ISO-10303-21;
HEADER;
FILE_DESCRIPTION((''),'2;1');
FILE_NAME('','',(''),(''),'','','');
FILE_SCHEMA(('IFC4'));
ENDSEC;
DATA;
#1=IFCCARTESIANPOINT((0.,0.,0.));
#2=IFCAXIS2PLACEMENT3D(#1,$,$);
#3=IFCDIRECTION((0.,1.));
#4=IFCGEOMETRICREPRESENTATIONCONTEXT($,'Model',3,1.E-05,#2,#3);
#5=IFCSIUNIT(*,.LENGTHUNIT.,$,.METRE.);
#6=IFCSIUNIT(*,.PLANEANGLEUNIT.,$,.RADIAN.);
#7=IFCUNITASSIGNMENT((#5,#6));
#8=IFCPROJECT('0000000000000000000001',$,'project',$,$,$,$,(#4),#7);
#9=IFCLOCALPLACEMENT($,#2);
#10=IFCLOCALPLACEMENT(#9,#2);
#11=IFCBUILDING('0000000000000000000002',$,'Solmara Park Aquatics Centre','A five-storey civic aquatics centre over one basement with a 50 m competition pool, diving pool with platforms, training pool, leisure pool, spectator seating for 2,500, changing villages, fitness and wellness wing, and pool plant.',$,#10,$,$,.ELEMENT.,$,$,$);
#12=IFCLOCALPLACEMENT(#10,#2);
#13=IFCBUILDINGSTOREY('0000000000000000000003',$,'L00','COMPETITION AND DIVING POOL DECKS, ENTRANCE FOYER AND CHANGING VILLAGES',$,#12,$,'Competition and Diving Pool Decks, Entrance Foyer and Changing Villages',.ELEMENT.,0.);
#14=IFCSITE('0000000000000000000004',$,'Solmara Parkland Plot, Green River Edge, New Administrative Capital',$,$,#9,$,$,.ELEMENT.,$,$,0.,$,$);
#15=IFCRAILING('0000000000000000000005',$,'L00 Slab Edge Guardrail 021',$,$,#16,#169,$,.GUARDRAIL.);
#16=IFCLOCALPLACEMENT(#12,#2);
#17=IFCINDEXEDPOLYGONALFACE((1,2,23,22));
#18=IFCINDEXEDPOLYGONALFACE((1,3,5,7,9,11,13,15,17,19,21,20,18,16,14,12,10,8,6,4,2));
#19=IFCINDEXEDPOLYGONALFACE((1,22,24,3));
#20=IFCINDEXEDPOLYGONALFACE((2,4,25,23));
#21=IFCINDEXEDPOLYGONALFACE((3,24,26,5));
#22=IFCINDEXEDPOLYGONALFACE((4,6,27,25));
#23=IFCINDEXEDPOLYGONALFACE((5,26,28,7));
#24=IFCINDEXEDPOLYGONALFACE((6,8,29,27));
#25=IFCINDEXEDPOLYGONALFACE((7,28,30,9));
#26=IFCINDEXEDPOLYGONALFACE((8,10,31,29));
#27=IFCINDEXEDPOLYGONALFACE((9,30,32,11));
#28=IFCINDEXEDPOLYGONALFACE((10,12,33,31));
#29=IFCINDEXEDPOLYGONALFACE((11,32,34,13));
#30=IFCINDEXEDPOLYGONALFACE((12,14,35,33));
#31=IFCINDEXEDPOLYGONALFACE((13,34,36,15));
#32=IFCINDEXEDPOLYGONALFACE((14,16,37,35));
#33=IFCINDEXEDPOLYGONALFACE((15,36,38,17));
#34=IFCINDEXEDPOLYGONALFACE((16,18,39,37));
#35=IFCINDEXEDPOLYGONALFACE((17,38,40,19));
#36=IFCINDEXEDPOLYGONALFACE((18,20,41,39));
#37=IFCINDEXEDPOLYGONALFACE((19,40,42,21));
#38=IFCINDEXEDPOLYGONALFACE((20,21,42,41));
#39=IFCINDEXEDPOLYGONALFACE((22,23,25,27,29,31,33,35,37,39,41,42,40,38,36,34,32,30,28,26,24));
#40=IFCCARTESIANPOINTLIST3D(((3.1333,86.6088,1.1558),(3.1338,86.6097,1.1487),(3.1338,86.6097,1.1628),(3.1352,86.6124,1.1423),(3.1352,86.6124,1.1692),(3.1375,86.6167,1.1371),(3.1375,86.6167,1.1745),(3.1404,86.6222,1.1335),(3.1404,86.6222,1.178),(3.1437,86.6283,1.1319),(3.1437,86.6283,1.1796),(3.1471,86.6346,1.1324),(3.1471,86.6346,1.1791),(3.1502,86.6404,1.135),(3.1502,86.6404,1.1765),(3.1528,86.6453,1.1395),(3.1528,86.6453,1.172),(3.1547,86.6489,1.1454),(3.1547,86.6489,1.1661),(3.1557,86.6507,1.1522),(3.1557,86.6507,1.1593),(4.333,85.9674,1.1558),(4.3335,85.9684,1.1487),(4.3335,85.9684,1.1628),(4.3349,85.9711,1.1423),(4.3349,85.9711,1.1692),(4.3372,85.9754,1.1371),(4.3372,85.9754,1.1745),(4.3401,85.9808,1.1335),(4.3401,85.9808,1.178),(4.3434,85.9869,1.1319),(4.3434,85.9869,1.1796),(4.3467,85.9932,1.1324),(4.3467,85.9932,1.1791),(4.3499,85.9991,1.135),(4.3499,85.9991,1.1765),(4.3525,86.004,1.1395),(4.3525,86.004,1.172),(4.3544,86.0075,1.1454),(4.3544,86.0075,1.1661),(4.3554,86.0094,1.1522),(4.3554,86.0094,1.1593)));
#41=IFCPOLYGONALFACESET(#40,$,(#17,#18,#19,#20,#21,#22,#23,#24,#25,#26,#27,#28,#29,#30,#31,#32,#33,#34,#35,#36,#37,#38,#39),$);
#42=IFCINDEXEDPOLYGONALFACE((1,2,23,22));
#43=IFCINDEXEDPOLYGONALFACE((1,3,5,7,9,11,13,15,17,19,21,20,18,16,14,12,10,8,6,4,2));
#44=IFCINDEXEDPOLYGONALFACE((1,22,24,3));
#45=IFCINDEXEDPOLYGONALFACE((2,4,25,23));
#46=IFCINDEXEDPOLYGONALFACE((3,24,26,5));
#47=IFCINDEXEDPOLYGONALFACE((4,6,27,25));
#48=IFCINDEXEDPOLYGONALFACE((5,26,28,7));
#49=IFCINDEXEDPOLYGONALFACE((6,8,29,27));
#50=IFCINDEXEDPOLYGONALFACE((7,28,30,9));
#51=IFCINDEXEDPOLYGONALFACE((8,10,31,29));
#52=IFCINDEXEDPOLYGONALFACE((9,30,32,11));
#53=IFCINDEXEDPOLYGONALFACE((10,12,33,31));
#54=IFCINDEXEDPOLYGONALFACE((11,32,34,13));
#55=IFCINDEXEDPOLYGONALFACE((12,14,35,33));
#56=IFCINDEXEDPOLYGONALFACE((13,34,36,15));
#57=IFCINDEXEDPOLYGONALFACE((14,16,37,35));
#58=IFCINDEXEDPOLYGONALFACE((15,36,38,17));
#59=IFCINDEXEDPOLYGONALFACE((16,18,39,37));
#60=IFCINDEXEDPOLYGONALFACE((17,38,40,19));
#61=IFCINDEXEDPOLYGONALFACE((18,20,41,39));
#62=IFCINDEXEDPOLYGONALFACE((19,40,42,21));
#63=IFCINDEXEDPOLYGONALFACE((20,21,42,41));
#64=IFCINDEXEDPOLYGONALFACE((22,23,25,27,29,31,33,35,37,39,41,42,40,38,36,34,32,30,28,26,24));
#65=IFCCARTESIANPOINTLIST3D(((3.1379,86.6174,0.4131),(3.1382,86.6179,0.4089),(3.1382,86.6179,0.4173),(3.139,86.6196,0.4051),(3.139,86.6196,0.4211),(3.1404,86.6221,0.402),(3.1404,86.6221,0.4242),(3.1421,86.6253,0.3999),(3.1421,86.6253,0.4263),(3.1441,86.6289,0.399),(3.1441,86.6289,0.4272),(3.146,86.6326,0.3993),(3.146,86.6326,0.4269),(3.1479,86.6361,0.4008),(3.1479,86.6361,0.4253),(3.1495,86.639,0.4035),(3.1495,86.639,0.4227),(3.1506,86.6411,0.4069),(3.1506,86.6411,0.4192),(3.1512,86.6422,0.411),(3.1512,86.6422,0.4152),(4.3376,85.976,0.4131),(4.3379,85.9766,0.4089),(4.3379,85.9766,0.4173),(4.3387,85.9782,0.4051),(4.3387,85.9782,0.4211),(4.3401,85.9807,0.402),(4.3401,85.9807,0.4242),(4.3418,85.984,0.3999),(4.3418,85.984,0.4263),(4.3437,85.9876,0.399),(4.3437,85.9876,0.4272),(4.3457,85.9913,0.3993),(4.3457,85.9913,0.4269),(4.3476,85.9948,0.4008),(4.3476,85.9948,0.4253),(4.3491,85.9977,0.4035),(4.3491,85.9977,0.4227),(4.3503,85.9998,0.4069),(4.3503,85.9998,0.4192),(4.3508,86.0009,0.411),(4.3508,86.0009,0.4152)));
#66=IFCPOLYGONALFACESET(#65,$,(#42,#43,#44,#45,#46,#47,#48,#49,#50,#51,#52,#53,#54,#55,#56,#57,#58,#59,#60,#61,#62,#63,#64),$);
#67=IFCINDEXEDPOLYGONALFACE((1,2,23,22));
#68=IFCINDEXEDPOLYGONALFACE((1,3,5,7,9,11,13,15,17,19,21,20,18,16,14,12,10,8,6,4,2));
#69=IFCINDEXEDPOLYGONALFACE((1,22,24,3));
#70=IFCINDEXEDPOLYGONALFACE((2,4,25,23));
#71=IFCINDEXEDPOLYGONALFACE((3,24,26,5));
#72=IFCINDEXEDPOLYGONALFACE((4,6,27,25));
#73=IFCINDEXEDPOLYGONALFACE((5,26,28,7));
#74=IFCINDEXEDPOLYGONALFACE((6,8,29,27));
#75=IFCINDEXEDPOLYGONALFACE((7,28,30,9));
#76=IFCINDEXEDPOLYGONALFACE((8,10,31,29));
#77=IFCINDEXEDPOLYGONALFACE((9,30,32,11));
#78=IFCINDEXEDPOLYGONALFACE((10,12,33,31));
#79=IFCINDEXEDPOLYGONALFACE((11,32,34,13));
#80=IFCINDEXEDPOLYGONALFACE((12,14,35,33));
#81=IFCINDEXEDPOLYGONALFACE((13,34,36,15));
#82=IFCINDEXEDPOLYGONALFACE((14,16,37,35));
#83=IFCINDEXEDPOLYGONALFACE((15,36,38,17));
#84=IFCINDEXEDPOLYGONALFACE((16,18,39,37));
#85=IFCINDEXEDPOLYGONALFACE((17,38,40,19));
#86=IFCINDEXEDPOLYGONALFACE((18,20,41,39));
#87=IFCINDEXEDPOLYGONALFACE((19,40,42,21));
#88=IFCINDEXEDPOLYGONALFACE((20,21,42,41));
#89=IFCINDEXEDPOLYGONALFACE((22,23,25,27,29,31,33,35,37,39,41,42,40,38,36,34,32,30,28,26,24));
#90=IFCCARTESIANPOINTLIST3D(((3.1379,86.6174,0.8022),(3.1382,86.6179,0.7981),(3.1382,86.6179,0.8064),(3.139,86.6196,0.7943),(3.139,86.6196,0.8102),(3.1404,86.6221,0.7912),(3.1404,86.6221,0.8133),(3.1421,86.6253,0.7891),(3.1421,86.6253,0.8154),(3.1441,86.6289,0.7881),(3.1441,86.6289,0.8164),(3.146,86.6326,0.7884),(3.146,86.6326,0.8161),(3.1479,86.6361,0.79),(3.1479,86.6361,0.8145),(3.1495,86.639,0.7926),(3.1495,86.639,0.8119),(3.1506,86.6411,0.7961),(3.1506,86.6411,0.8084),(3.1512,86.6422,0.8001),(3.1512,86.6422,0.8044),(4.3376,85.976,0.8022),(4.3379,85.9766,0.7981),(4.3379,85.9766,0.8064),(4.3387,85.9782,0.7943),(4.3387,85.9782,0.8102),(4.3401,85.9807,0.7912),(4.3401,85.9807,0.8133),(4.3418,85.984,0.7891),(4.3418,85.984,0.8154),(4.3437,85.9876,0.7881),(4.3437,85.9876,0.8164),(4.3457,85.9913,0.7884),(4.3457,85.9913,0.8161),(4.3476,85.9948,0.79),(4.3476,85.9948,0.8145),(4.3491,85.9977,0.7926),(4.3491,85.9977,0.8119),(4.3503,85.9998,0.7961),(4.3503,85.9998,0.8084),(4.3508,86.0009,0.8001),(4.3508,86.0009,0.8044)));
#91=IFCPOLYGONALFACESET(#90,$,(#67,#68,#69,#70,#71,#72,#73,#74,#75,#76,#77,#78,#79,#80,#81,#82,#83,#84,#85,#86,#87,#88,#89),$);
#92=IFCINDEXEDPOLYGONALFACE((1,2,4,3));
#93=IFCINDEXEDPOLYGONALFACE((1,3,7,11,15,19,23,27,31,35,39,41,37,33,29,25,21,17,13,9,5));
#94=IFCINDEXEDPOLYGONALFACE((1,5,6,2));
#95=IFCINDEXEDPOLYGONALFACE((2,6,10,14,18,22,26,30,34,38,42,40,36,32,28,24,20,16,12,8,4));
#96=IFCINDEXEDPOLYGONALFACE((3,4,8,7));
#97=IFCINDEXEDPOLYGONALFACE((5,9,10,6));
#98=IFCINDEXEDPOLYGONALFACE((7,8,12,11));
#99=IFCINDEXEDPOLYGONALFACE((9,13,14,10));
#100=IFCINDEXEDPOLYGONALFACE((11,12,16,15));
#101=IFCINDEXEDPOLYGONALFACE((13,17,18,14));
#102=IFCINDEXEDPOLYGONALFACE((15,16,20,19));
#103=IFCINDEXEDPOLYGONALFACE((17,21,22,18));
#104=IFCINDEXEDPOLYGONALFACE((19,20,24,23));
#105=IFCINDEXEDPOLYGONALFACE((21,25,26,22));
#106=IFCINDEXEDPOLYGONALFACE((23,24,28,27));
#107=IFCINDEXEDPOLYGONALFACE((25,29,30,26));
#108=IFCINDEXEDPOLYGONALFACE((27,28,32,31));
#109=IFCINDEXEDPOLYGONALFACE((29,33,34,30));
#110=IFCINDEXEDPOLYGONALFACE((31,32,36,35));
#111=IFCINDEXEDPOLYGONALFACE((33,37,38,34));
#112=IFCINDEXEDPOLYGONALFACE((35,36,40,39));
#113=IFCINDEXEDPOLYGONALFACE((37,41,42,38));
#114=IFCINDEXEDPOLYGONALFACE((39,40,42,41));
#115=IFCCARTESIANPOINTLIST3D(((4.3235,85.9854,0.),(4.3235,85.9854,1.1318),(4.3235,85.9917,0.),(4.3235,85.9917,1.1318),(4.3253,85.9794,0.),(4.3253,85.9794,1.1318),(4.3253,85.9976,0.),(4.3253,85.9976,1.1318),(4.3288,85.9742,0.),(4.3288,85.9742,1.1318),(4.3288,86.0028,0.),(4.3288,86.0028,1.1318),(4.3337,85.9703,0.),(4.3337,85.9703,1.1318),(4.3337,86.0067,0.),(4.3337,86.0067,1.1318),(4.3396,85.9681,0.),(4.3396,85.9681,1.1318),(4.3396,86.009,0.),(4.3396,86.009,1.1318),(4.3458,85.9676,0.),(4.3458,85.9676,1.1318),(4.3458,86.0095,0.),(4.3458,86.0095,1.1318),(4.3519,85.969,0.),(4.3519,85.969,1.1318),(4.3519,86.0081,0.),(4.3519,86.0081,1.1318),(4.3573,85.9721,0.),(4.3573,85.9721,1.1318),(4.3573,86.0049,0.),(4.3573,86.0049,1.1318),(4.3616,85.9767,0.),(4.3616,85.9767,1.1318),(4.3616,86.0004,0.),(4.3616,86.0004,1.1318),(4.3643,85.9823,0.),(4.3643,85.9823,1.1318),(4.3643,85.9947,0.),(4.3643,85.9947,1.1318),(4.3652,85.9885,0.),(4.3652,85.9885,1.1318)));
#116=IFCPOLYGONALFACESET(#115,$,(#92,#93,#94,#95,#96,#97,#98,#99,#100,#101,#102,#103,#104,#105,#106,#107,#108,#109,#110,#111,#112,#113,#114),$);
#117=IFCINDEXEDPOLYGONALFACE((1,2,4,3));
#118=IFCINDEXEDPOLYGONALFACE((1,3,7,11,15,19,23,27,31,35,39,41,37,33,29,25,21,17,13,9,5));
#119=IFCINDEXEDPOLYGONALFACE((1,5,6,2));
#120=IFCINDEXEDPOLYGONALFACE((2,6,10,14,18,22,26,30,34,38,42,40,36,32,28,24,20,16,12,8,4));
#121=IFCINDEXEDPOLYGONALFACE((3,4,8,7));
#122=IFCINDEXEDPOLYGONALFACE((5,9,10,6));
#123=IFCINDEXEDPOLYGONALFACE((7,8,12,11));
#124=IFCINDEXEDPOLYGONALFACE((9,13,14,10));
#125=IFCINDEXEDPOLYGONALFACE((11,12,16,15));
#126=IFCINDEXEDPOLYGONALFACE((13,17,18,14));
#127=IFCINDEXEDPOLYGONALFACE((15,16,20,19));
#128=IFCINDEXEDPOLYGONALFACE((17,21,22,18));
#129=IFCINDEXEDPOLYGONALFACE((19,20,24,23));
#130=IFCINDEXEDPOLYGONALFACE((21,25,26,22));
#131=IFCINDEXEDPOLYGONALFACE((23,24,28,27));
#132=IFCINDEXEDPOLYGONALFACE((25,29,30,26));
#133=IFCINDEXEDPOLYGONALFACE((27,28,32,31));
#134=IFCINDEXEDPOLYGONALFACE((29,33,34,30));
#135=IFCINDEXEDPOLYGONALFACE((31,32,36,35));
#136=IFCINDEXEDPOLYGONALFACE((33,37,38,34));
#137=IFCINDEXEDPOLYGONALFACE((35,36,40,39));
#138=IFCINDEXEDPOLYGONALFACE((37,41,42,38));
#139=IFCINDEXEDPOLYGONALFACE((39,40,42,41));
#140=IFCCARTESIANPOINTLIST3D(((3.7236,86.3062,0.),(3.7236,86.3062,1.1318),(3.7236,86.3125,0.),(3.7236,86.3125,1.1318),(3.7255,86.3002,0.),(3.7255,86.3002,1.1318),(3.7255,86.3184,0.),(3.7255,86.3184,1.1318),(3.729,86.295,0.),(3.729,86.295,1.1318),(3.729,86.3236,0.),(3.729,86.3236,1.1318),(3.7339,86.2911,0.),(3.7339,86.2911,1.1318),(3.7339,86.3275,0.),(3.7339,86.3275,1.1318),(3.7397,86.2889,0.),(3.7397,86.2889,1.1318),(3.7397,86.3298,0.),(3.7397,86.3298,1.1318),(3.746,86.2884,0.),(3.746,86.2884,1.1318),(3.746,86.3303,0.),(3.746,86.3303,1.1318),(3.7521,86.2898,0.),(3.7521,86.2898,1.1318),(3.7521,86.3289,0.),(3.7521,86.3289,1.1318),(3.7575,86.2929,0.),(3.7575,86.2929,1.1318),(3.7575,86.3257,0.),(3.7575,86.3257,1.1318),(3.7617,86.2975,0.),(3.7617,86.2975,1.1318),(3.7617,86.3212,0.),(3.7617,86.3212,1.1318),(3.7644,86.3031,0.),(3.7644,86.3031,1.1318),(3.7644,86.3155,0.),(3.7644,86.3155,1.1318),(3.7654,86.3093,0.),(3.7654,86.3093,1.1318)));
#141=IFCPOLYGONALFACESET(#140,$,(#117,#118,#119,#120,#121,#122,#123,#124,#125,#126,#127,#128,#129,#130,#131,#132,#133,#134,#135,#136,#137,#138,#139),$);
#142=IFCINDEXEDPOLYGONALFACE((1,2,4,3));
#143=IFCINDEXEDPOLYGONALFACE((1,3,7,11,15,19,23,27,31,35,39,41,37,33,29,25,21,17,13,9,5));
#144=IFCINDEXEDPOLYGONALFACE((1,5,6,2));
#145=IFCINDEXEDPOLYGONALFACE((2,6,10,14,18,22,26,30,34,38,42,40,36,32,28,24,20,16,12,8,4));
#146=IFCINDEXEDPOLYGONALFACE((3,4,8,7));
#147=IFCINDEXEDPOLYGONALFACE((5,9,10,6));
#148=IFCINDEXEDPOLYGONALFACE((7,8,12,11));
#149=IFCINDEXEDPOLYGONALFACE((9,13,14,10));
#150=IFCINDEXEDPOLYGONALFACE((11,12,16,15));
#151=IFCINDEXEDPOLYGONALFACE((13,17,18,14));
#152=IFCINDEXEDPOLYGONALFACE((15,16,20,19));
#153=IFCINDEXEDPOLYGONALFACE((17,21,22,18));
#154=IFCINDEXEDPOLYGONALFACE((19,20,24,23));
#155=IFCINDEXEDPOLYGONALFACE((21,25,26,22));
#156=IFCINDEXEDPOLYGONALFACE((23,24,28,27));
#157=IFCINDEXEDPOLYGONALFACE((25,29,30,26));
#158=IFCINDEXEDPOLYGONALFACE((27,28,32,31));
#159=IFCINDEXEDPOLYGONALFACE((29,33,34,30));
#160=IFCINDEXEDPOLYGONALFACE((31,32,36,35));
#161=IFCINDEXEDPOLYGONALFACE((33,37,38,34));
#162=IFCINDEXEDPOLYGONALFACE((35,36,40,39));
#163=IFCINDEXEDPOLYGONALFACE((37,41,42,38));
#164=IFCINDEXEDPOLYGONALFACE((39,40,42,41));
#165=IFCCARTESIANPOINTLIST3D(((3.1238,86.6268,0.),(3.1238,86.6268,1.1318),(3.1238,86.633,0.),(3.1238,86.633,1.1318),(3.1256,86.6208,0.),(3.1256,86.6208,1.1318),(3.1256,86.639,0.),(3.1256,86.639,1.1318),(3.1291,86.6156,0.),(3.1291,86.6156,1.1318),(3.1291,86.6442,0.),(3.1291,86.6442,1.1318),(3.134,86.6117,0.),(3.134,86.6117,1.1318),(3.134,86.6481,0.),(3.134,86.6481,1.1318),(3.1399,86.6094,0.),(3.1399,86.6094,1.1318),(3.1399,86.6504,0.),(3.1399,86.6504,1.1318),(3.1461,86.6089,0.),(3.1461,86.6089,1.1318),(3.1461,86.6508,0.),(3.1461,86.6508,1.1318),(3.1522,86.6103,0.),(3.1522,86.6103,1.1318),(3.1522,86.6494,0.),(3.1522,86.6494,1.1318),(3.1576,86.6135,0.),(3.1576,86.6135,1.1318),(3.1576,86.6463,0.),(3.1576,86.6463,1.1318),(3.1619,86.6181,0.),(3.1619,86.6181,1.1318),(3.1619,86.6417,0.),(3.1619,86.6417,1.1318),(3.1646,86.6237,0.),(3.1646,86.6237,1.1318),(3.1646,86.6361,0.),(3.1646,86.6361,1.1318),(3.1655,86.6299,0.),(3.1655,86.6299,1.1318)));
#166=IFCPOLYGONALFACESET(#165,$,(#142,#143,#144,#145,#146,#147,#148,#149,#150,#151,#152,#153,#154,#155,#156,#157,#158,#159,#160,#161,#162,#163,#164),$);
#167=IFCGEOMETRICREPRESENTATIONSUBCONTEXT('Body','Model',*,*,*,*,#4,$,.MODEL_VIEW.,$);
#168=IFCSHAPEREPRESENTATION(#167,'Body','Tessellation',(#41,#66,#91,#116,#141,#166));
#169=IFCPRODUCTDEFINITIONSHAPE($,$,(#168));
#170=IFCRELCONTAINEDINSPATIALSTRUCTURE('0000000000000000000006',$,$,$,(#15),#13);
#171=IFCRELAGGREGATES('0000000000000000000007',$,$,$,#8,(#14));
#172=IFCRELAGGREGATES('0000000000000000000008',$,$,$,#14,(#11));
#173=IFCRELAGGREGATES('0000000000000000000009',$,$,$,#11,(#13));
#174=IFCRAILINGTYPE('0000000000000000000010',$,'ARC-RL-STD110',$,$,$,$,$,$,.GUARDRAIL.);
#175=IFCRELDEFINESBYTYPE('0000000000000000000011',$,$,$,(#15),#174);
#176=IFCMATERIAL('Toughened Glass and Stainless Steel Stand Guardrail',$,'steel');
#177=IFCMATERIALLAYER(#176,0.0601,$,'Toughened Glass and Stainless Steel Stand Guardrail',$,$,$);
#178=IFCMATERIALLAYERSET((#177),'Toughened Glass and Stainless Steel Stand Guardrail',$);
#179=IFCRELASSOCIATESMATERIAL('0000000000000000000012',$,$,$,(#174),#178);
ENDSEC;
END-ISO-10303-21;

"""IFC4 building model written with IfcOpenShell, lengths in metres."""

from ifc_helpers import new_model, si_unit, direction, frame, origin, origin_2d, place, context, subcontext, project, spatial, circle, extrude, material, layer, layer_set, type_object, element, save


model = new_model("IFC4")

# Units and contexts
model_context = context("Model", 3, precision=1e-05, world=origin(), true_north=direction((0.0, 1.0)))
body_context = subcontext(model_context, "Body", "Model", "MODEL_VIEW")
ifc_project = project(units=[si_unit("LENGTHUNIT", "METRE"), si_unit("PLANEANGLEUNIT", "RADIAN")], contexts=[model_context])

# Site, building, storey
site_placement = place(None, origin())
site = spatial("IfcSite", under=ifc_project, at=site_placement, Name="Solmara Parkland Plot, Green River Edge, New Administrative Capital", CompositionType="ELEMENT", RefElevation=0.0)
building_placement = place(site_placement, origin())
building = spatial("IfcBuilding", under=site, at=building_placement, Name="Solmara Park Aquatics Centre", Description="A five-storey civic aquatics centre over one basement with a 50 m competition pool, diving pool with platforms, training pool, leisure pool, spectator seating for 2,500, changing villages, fitness and wellness wing, and pool plant.", CompositionType="ELEMENT")
storey_placement = place(building_placement, origin())
storey = spatial("IfcBuildingStorey", under=building, at=storey_placement, Name="L00", Description="COMPETITION AND DIVING POOL DECKS, ENTRANCE FOYER AND CHANGING VILLAGES", LongName="Competition and Diving Pool Decks, Entrance Foyer and Changing Villages", CompositionType="ELEMENT", Elevation=0.0)

# Railing
ifc_material_1 = material(Name="Toughened Glass and Stainless Steel Stand Guardrail", Category="steel")
ifc_layer_1 = layer(ifc_material_1, 0.0601, Name="Toughened Glass and Stainless Steel Stand Guardrail")
ifc_layer_set_1 = layer_set([ifc_layer_1], Name="Toughened Glass and Stainless Steel Stand Guardrail")
railing_type_1 = type_object("IfcRailingType", Name="ARC-RL-STD110", PredefinedType="GUARDRAIL", material=ifc_layer_set_1)
railing_1_placement = place(storey_placement, frame((4.3442, 85.9885, 0.0)))
element("IfcRailing", 1, at=railing_1_placement, inside=storey, type_object=railing_type_1, Name="L00 Slab Edge Guardrail 021", PredefinedType="GUARDRAIL", context=body_context, shape_type="SweptSolid", body=[
    extrude(circle(Radius=0.0239, at=origin_2d()), frame((0.0, 0.0, 1.1558), z_axis=(-0.881891, 0.471454, 0.0), x_axis=(-0.471454, -0.881891, 0.0)), (0.0, 0.0, 1.0), 1.3604),
    extrude(circle(Radius=0.0142, at=origin_2d()), frame((0.0, 0.0, 0.4131), z_axis=(-0.881891, 0.471454, 0.0), x_axis=(-0.471454, -0.881891, 0.0)), (0.0, 0.0, 1.0), 1.3604),
    extrude(circle(Radius=0.0142, at=origin_2d()), frame((0.0, 0.0, 0.8022), z_axis=(-0.881891, 0.471454, 0.0), x_axis=(-0.471454, -0.881891, 0.0)), (0.0, 0.0, 1.0), 1.3604),
    extrude(circle(Radius=0.021, at=origin_2d()), origin(), (0.0, 0.0, 1.0), 1.1318),
    extrude(circle(Radius=0.021, at=origin_2d()), frame((-0.5999, 0.3208, 0.0)), (0.0, 0.0, 1.0), 1.1318),
    extrude(circle(Radius=0.021, at=origin_2d()), frame((-1.1997, 0.6414, 0.0)), (0.0, 0.0, 1.0), 1.1318),
])

save(model, "model.ifc")
